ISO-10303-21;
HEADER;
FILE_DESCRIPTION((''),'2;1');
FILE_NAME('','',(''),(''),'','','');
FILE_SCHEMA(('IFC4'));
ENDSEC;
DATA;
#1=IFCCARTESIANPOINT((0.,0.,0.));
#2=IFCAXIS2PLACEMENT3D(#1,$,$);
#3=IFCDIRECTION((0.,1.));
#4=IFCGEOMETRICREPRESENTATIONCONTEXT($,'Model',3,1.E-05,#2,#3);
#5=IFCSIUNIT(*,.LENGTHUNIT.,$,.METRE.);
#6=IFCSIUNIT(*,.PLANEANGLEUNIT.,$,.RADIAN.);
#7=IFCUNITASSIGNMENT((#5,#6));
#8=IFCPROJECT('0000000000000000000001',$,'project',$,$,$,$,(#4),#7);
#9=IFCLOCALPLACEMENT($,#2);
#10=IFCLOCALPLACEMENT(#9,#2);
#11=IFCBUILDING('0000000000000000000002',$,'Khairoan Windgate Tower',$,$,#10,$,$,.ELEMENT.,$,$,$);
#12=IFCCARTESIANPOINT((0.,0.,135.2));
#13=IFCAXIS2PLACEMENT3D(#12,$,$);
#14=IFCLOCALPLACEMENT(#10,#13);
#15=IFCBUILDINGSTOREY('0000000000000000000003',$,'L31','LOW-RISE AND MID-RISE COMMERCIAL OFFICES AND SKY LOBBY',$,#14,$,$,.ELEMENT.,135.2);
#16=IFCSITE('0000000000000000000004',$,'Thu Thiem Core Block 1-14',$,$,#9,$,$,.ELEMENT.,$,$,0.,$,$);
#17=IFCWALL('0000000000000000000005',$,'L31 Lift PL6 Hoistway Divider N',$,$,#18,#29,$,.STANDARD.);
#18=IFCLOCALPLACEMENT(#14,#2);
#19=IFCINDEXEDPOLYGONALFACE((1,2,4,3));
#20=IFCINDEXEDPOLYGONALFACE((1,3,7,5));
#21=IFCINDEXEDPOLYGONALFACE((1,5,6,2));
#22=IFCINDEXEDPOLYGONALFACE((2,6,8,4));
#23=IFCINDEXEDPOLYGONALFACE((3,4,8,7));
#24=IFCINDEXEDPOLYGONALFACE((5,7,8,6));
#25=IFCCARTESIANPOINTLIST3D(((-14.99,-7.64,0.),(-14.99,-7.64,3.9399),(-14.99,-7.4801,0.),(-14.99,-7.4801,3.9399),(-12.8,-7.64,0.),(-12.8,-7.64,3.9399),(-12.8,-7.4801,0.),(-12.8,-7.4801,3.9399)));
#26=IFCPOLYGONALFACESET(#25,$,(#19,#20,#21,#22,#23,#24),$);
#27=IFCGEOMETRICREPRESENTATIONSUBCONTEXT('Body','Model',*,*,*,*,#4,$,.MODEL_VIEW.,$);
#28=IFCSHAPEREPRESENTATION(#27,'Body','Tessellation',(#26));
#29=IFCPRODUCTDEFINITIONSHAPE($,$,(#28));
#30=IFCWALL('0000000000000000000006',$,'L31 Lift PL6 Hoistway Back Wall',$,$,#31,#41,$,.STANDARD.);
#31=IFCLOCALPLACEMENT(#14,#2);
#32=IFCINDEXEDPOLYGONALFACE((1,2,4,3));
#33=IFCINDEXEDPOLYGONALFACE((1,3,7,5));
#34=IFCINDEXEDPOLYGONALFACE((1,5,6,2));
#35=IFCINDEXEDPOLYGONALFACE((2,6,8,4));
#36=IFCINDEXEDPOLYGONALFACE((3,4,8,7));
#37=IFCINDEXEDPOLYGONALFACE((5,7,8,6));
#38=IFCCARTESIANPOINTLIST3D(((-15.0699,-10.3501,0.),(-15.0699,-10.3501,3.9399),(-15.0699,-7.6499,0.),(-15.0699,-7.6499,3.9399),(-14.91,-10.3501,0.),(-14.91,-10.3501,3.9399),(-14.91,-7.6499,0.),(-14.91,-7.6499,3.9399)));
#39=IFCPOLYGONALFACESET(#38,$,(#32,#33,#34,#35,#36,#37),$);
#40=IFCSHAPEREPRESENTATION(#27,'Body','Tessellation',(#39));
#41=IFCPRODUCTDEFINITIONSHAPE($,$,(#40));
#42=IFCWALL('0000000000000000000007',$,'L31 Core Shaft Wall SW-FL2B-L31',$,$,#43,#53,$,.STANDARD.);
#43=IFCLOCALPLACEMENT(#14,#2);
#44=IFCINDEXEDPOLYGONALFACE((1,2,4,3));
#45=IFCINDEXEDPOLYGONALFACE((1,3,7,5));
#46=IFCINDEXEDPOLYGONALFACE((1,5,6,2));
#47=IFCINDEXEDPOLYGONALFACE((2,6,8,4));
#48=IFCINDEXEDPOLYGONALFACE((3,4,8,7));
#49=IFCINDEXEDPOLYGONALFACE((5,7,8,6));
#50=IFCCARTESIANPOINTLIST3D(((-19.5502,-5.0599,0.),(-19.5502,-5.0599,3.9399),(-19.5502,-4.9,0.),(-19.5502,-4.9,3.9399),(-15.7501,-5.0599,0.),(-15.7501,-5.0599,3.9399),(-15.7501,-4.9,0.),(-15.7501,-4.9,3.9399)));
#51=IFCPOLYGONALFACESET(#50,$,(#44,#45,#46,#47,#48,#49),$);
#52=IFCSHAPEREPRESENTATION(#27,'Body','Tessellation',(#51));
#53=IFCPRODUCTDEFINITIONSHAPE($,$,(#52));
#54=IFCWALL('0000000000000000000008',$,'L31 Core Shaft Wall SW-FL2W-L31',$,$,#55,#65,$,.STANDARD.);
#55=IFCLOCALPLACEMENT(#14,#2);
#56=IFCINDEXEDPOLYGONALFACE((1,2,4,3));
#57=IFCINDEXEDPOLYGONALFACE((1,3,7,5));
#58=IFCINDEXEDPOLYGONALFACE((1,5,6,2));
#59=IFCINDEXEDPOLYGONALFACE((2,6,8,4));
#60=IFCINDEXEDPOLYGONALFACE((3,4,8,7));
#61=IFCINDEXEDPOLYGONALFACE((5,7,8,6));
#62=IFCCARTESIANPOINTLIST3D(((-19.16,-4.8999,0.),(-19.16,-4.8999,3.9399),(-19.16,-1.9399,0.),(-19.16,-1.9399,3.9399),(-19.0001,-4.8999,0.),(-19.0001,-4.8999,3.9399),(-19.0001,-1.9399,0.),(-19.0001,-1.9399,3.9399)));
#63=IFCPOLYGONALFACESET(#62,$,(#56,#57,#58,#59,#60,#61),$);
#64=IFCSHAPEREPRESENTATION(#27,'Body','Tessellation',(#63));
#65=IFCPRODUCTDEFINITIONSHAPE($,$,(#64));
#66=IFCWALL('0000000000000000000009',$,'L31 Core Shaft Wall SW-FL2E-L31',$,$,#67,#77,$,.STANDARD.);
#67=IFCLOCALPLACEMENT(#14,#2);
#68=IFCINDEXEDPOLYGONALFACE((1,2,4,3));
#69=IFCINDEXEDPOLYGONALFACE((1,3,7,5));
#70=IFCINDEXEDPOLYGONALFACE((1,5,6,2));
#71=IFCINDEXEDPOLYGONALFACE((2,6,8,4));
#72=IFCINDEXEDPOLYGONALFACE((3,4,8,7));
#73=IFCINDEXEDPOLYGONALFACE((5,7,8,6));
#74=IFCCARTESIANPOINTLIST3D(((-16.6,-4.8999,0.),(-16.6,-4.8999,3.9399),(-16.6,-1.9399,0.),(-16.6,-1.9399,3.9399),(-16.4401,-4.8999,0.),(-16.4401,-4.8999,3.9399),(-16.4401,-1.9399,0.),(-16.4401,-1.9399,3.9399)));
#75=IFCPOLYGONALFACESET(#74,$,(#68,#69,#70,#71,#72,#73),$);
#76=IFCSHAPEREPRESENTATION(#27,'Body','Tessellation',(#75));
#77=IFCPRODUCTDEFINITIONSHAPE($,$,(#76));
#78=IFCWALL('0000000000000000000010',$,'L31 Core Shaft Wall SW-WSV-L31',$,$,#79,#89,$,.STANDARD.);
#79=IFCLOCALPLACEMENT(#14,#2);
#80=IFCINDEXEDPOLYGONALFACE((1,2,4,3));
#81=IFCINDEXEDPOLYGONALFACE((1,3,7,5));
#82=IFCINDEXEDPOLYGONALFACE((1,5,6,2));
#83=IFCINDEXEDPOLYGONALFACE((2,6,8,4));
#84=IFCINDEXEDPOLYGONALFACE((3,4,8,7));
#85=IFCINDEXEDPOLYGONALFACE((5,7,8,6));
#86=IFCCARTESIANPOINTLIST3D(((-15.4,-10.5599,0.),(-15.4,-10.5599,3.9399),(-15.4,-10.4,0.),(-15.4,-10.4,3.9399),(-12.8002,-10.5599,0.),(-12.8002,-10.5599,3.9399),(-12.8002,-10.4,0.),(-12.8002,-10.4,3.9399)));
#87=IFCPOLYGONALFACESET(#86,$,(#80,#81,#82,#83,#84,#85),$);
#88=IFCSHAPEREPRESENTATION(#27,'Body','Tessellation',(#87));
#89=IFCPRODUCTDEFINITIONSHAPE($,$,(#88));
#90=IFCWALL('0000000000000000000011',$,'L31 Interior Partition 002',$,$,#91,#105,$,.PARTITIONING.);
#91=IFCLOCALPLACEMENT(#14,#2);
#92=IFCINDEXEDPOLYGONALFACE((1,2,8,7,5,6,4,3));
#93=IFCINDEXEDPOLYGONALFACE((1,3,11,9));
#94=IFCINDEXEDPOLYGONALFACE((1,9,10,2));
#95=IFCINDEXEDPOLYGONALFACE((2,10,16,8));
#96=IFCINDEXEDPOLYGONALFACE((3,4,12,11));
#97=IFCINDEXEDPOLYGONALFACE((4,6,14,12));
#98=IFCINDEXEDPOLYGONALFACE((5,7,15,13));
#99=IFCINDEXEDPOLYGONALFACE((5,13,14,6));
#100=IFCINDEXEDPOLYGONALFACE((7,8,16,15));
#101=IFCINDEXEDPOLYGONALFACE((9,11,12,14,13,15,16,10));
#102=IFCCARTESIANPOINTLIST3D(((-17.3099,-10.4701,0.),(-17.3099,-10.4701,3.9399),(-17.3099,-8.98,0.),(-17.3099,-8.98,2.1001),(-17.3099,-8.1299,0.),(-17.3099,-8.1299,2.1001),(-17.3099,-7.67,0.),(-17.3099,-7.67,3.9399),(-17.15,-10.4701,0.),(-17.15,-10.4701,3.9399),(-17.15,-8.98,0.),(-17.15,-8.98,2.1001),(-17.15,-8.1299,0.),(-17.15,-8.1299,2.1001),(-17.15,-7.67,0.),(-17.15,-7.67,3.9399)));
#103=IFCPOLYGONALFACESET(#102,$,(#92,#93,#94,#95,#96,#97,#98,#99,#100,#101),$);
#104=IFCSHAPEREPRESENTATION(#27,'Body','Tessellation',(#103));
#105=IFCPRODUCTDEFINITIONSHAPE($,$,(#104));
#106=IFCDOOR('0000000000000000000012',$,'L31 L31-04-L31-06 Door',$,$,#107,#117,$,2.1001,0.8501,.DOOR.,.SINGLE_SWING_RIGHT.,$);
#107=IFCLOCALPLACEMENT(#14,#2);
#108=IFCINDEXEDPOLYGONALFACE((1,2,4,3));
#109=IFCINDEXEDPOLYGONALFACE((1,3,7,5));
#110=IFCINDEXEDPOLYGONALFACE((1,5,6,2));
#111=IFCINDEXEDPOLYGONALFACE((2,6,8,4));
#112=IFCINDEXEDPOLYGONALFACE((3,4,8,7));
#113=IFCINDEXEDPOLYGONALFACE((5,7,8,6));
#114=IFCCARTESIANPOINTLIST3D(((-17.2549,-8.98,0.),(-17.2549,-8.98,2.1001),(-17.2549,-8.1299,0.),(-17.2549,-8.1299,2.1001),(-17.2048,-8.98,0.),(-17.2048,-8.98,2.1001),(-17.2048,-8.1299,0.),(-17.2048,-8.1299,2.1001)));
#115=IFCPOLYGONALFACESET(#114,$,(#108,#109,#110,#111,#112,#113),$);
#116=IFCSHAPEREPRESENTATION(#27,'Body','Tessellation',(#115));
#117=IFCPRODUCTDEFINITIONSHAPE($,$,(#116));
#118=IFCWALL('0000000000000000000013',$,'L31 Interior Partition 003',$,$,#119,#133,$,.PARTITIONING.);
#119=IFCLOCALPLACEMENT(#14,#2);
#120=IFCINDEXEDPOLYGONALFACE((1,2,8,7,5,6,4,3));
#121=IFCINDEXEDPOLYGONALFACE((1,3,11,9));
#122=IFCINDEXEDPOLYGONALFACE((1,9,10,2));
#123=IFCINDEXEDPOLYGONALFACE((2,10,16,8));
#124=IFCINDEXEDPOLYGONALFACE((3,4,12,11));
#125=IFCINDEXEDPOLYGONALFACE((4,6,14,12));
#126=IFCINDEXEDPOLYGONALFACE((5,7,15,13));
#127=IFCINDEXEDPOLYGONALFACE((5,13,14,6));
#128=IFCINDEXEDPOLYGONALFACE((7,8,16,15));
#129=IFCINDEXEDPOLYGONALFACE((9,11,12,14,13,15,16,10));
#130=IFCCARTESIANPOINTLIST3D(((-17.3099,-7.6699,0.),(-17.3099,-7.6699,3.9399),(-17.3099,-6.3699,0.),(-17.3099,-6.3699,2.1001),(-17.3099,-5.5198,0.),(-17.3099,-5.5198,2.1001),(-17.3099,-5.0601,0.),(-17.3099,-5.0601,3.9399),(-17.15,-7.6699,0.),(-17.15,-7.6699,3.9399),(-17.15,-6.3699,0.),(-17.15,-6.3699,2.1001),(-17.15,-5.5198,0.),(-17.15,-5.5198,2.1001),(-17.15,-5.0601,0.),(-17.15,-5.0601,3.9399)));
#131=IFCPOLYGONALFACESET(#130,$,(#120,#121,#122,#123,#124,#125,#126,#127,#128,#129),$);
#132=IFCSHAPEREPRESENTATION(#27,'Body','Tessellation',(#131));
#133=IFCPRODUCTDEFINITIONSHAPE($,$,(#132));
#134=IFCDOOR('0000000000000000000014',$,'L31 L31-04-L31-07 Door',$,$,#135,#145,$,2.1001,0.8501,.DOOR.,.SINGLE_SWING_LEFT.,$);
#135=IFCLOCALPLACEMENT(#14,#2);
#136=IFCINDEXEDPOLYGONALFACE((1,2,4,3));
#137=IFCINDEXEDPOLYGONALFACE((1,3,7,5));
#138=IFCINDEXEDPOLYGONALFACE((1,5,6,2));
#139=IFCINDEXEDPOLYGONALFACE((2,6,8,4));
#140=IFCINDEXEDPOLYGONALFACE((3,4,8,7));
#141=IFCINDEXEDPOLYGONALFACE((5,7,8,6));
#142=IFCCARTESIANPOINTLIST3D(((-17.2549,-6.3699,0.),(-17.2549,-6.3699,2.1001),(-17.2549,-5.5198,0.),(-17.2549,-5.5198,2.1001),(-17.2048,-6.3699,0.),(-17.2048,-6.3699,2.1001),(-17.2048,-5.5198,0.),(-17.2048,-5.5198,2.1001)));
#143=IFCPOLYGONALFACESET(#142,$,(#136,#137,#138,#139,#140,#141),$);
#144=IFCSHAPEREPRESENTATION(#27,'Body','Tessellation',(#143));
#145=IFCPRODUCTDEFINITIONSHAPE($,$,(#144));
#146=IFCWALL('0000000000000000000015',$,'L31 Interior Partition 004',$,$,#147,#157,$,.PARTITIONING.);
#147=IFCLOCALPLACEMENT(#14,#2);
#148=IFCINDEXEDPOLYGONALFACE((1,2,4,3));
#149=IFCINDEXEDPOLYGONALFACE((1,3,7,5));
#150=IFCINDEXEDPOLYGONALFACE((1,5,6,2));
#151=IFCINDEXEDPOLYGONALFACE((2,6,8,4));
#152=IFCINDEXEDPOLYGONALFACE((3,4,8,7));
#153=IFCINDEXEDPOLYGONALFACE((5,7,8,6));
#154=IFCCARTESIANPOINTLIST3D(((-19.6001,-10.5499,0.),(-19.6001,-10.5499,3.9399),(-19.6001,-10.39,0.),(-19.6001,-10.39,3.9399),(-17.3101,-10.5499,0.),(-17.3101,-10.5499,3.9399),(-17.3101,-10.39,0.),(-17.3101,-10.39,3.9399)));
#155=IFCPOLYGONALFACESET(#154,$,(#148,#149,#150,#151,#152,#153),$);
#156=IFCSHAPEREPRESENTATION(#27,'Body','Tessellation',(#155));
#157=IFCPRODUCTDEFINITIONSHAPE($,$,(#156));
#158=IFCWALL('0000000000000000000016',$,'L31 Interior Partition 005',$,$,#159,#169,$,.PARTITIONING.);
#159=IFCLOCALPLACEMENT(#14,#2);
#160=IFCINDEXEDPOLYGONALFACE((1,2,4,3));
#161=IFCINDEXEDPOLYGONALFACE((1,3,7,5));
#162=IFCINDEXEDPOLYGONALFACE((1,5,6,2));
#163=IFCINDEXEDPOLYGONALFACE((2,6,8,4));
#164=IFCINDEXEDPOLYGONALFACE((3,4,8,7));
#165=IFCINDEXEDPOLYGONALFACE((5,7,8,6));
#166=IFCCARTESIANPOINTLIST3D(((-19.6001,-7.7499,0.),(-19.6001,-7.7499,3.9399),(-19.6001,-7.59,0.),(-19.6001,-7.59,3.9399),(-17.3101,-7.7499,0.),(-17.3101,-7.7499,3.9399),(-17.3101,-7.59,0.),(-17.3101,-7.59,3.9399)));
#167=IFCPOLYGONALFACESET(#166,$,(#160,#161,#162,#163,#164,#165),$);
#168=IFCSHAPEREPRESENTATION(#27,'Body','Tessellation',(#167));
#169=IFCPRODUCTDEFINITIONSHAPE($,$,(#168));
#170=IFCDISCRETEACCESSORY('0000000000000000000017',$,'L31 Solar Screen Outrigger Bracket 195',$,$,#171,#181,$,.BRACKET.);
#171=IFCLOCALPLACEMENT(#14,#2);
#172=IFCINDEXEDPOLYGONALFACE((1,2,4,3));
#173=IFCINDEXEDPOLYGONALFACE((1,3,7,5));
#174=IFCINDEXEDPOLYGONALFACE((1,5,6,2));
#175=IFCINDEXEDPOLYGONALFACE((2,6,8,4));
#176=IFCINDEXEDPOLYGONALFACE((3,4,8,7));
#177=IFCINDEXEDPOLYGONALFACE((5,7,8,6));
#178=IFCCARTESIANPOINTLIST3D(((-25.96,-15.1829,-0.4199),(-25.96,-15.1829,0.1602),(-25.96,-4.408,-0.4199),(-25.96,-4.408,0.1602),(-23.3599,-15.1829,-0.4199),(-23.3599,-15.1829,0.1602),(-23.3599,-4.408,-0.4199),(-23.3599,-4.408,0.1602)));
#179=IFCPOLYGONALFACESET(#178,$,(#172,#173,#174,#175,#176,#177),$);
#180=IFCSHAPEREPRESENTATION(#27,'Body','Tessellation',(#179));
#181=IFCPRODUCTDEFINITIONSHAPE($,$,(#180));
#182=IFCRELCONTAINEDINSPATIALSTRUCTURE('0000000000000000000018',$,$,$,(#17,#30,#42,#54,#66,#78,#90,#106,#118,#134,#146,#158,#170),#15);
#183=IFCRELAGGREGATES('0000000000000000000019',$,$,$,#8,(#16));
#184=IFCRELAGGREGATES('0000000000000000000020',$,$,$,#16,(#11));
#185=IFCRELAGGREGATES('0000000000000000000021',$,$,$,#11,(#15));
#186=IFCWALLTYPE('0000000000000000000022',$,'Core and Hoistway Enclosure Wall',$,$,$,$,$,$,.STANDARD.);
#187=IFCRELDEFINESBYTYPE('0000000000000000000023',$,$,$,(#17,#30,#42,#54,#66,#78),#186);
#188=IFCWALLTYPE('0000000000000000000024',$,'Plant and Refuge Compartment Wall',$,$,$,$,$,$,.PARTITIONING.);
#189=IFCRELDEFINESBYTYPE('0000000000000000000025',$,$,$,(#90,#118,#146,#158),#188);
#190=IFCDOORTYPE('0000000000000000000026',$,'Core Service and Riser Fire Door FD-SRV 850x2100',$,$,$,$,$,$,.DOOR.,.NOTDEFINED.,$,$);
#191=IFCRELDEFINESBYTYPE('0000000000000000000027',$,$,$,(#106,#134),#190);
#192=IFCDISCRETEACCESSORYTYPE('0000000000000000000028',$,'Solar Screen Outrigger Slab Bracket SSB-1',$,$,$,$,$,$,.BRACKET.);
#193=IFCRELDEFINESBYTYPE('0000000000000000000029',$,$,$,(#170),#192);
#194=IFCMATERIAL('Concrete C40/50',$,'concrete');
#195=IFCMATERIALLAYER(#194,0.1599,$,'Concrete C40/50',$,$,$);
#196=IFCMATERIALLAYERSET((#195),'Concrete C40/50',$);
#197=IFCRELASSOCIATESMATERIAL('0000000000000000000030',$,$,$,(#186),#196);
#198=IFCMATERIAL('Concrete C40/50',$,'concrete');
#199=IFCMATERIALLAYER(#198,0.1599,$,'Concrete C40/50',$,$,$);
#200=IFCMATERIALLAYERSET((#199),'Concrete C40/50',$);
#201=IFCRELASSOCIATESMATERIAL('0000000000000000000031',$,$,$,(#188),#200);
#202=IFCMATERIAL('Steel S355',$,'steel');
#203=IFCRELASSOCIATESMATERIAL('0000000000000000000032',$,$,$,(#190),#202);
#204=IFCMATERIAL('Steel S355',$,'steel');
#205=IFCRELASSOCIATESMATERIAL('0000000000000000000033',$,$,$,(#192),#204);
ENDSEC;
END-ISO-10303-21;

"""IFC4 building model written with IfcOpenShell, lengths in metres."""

from ifc_helpers import new_model, si_unit, direction, frame, frame_2d, origin, origin_2d, place, context, subcontext, project, spatial, rectangle, extrude, material, layer, layer_set, type_object, element, fill, save


model = new_model("IFC4")

# Units and contexts
model_context = context("Model", 3, precision=1e-05, world=origin(), true_north=direction((0.0, 1.0)))
body_context = subcontext(model_context, "Body", "Model", "MODEL_VIEW")
ifc_project = project(units=[si_unit("LENGTHUNIT", "METRE"), si_unit("PLANEANGLEUNIT", "RADIAN")], contexts=[model_context])

# Site, building, storey
site_placement = place(None, origin())
site = spatial("IfcSite", under=ifc_project, at=site_placement, Name="Thu Thiem Core Block 1-14", CompositionType="ELEMENT", RefElevation=0.0)
building_placement = place(site_placement, origin())
building = spatial("IfcBuilding", under=site, at=building_placement, Name="Khairoan Windgate Tower", CompositionType="ELEMENT")
storey_placement = place(building_placement, frame((0.0, 0.0, 135.2)))
storey = spatial("IfcBuildingStorey", under=building, at=storey_placement, Name="L31", Description="LOW-RISE AND MID-RISE COMMERCIAL OFFICES AND SKY LOBBY", CompositionType="ELEMENT", Elevation=135.2)

# Walls
ifc_material_1 = material(Name="Concrete C40/50", Category="concrete")
ifc_layer_1 = layer(ifc_material_1, 0.1599, Name="Concrete C40/50")
ifc_layer_set_1 = layer_set([ifc_layer_1], Name="Concrete C40/50")
wall_type_1 = type_object("IfcWallType", Name="Core and Hoistway Enclosure Wall", PredefinedType="STANDARD", material=ifc_layer_set_1)
wall_1_placement = place(storey_placement, frame((-14.99, -7.5601, 0.0), z_axis=(0.0, 0.0, 1.0), x_axis=(1.0, 0.0, 0.0)))
element("IfcWall", 1, at=wall_1_placement, inside=storey, type_object=wall_type_1, Name="L31 Lift PL6 Hoistway Divider N", PredefinedType="STANDARD", context=body_context, shape_type="SweptSolid", body=[
    extrude(rectangle(XDim=2.1899, YDim=0.1599, at=frame_2d((1.095, 0.0))), origin(), (0.0, 0.0, 1.0), 3.9399),
])
wall_2_placement = place(storey_placement, frame((-14.99, -10.3501, 0.0), z_axis=(0.0, 0.0, 1.0), x_axis=(0.0, 1.0, 0.0)))
element("IfcWall", 2, at=wall_2_placement, inside=storey, type_object=wall_type_1, Name="L31 Lift PL6 Hoistway Back Wall", PredefinedType="STANDARD", context=body_context, shape_type="SweptSolid", body=[
    extrude(rectangle(XDim=2.7002, YDim=0.1599, at=frame_2d((1.3501, 0.0))), origin(), (0.0, 0.0, 1.0), 3.9399),
])
wall_3_placement = place(storey_placement, frame((-19.55, -4.98, 0.0), z_axis=(0.0, 0.0, 1.0), x_axis=(1.0, 0.0, 0.0)))
element("IfcWall", 3, at=wall_3_placement, inside=storey, type_object=wall_type_1, Name="L31 Core Shaft Wall SW-FL2B-L31", PredefinedType="STANDARD", context=body_context, shape_type="SweptSolid", body=[
    extrude(rectangle(XDim=3.8, YDim=0.1599, at=frame_2d((1.8999, 0.0))), origin(), (0.0, 0.0, 1.0), 3.9399),
])
for number, where, z_axis, x_axis, name in (
    (4, (-19.0801, -4.8999, 0.0), (0.0, 0.0, 1.0), (0.0, 1.0, 0.0), "L31 Core Shaft Wall SW-FL2W-L31"),
    (5, (-16.52, -4.8999, 0.0), (0.0, 0.0, 1.0), (0.0, 1.0, 0.0), "L31 Core Shaft Wall SW-FL2E-L31"),
):
    element("IfcWall", number, at=place(storey_placement, frame(where, z_axis=z_axis, x_axis=x_axis)), inside=storey, type_object=wall_type_1, Name=name, PredefinedType="STANDARD", context=body_context, shape_type="SweptSolid", body=[
        extrude(rectangle(XDim=2.96, YDim=0.1599, at=frame_2d((1.48, 0.0))), origin(), (0.0, 0.0, 1.0), 3.9399),
    ])
wall_4_placement = place(storey_placement, frame((-15.3999, -10.48, 0.0), z_axis=(0.0, 0.0, 1.0), x_axis=(1.0, 0.0, 0.0)))
element("IfcWall", 6, at=wall_4_placement, inside=storey, type_object=wall_type_1, Name="L31 Core Shaft Wall SW-WSV-L31", PredefinedType="STANDARD", context=body_context, shape_type="SweptSolid", body=[
    extrude(rectangle(XDim=2.5999, YDim=0.1599, at=frame_2d((1.2998, 0.0))), origin(), (0.0, 0.0, 1.0), 3.9399),
])

# Walls, openings, doors
ifc_material_2 = material(Name="Concrete C40/50", Category="concrete")
ifc_layer_2 = layer(ifc_material_2, 0.1599, Name="Concrete C40/50")
ifc_layer_set_2 = layer_set([ifc_layer_2], Name="Concrete C40/50")
wall_type_2 = type_object("IfcWallType", Name="Plant and Refuge Compartment Wall", PredefinedType="PARTITIONING", material=ifc_layer_set_2)
wall_5_placement = place(storey_placement, frame((-17.23, -10.47, 0.0), z_axis=(0.0, 0.0, 1.0), x_axis=(0.0, 1.0, 0.0)))
wall_5 = element("IfcWall", 7, at=wall_5_placement, inside=storey, type_object=wall_type_2, Name="L31 Interior Partition 002", PredefinedType="PARTITIONING", context=body_context, shape_type="SweptSolid", body=[
    extrude(rectangle(XDim=2.8, YDim=0.1599, at=frame_2d((1.3999, 0.0))), origin(), (0.0, 0.0, 1.0), 3.9399),
])
opening_1_placement = place(wall_5_placement, frame((1.49, 0.0, 0.0)))
opening_1 = element("IfcOpeningElement", 8, at=opening_1_placement, cuts=wall_5, PredefinedType="OPENING", context=body_context, shape_type="SweptSolid", body=[
    extrude(rectangle(XDim=0.8501, YDim=2.1001, at=frame_2d((0.425, 1.05))), frame((0.0, 0.0898, 0.0), z_axis=(0.0, -1.0, 0.0), x_axis=(1.0, 0.0, 0.0)), (0.0, 0.0, 1.0), 0.1799),
])
ifc_material_3 = material(Name="Steel S355", Category="steel")
door_type = type_object("IfcDoorType", Name="Core Service and Riser Fire Door FD-SRV 850x2100", OperationType="NOTDEFINED", PredefinedType="DOOR", material=ifc_material_3)
door_1_placement = place(opening_1_placement, origin())
door_1 = element("IfcDoor", 9, at=door_1_placement, inside=storey, type_object=door_type, Name="L31 L31-04-L31-06 Door", OperationType="SINGLE_SWING_RIGHT", OverallHeight=2.1001, OverallWidth=0.8501, PredefinedType="DOOR", context=body_context, shape_type="SweptSolid", body=[
    extrude(rectangle(XDim=0.8501, YDim=2.1001, at=frame_2d((0.425, 1.05))), frame((0.0, 0.0249, 0.0), z_axis=(0.0, -1.0, 0.0), x_axis=(1.0, 0.0, 0.0)), (0.0, 0.0, 1.0), 0.05),
])
fill(opening_1, door_1)
wall_6_placement = place(storey_placement, frame((-17.23, -7.6699, 0.0), z_axis=(0.0, 0.0, 1.0), x_axis=(0.0, 1.0, 0.0)))
wall_6 = element("IfcWall", 10, at=wall_6_placement, inside=storey, type_object=wall_type_2, Name="L31 Interior Partition 003", PredefinedType="PARTITIONING", context=body_context, shape_type="SweptSolid", body=[
    extrude(rectangle(XDim=2.6099, YDim=0.1599, at=frame_2d((1.3049, 0.0))), origin(), (0.0, 0.0, 1.0), 3.9399),
])
opening_2_placement = place(wall_6_placement, frame((1.3, 0.0, 0.0)))
opening_2 = element("IfcOpeningElement", 11, at=opening_2_placement, cuts=wall_6, PredefinedType="OPENING", context=body_context, shape_type="SweptSolid", body=[
    extrude(rectangle(XDim=0.8501, YDim=2.1001, at=frame_2d((0.425, 1.05))), frame((0.0, 0.0898, 0.0), z_axis=(0.0, -1.0, 0.0), x_axis=(1.0, 0.0, 0.0)), (0.0, 0.0, 1.0), 0.1799),
])
door_2_placement = place(opening_2_placement, origin())
door_2 = element("IfcDoor", 12, at=door_2_placement, inside=storey, type_object=door_type, Name="L31 L31-04-L31-07 Door", OperationType="SINGLE_SWING_LEFT", OverallHeight=2.1001, OverallWidth=0.8501, PredefinedType="DOOR", context=body_context, shape_type="SweptSolid", body=[
    extrude(rectangle(XDim=0.8501, YDim=2.1001, at=frame_2d((0.425, 1.05))), frame((0.0, 0.0249, 0.0), z_axis=(0.0, -1.0, 0.0), x_axis=(1.0, 0.0, 0.0)), (0.0, 0.0, 1.0), 0.05),
])
fill(opening_2, door_2)

# Walls
for number, where, z_axis, x_axis, name in (
    (13, (-19.6001, -10.47, 0.0), (0.0, 0.0, 1.0), (1.0, 0.0, 0.0), "L31 Interior Partition 004"),
    (14, (-19.6001, -7.6699, 0.0), (0.0, 0.0, 1.0), (1.0, 0.0, 0.0), "L31 Interior Partition 005"),
):
    element("IfcWall", number, at=place(storey_placement, frame(where, z_axis=z_axis, x_axis=x_axis)), inside=storey, type_object=wall_type_2, Name=name, PredefinedType="PARTITIONING", context=body_context, shape_type="SweptSolid", body=[
        extrude(rectangle(XDim=2.29, YDim=0.1599, at=frame_2d((1.145, 0.0))), origin(), (0.0, 0.0, 1.0), 3.9399),
    ])

# Discrete accessory
ifc_material_4 = material(Name="Steel S355", Category="steel")
discrete_accessory_type = type_object("IfcDiscreteAccessoryType", Name="Solar Screen Outrigger Slab Bracket SSB-1", PredefinedType="BRACKET", material=ifc_material_4)
discrete_accessory_placement = place(storey_placement, frame((-24.6599, -9.7954, -0.4199), z_axis=(0.0, 0.0, 1.0), x_axis=(0.0, 1.0, 0.0)))
element("IfcDiscreteAccessory", 15, at=discrete_accessory_placement, inside=storey, type_object=discrete_accessory_type, Name="L31 Solar Screen Outrigger Bracket 195", PredefinedType="BRACKET", context=body_context, shape_type="SweptSolid", body=[
    extrude(rectangle(XDim=10.7749, YDim=2.6001, at=origin_2d()), origin(), (0.0, 0.0, 1.0), 0.5801),
])

save(model, "model.ifc")
